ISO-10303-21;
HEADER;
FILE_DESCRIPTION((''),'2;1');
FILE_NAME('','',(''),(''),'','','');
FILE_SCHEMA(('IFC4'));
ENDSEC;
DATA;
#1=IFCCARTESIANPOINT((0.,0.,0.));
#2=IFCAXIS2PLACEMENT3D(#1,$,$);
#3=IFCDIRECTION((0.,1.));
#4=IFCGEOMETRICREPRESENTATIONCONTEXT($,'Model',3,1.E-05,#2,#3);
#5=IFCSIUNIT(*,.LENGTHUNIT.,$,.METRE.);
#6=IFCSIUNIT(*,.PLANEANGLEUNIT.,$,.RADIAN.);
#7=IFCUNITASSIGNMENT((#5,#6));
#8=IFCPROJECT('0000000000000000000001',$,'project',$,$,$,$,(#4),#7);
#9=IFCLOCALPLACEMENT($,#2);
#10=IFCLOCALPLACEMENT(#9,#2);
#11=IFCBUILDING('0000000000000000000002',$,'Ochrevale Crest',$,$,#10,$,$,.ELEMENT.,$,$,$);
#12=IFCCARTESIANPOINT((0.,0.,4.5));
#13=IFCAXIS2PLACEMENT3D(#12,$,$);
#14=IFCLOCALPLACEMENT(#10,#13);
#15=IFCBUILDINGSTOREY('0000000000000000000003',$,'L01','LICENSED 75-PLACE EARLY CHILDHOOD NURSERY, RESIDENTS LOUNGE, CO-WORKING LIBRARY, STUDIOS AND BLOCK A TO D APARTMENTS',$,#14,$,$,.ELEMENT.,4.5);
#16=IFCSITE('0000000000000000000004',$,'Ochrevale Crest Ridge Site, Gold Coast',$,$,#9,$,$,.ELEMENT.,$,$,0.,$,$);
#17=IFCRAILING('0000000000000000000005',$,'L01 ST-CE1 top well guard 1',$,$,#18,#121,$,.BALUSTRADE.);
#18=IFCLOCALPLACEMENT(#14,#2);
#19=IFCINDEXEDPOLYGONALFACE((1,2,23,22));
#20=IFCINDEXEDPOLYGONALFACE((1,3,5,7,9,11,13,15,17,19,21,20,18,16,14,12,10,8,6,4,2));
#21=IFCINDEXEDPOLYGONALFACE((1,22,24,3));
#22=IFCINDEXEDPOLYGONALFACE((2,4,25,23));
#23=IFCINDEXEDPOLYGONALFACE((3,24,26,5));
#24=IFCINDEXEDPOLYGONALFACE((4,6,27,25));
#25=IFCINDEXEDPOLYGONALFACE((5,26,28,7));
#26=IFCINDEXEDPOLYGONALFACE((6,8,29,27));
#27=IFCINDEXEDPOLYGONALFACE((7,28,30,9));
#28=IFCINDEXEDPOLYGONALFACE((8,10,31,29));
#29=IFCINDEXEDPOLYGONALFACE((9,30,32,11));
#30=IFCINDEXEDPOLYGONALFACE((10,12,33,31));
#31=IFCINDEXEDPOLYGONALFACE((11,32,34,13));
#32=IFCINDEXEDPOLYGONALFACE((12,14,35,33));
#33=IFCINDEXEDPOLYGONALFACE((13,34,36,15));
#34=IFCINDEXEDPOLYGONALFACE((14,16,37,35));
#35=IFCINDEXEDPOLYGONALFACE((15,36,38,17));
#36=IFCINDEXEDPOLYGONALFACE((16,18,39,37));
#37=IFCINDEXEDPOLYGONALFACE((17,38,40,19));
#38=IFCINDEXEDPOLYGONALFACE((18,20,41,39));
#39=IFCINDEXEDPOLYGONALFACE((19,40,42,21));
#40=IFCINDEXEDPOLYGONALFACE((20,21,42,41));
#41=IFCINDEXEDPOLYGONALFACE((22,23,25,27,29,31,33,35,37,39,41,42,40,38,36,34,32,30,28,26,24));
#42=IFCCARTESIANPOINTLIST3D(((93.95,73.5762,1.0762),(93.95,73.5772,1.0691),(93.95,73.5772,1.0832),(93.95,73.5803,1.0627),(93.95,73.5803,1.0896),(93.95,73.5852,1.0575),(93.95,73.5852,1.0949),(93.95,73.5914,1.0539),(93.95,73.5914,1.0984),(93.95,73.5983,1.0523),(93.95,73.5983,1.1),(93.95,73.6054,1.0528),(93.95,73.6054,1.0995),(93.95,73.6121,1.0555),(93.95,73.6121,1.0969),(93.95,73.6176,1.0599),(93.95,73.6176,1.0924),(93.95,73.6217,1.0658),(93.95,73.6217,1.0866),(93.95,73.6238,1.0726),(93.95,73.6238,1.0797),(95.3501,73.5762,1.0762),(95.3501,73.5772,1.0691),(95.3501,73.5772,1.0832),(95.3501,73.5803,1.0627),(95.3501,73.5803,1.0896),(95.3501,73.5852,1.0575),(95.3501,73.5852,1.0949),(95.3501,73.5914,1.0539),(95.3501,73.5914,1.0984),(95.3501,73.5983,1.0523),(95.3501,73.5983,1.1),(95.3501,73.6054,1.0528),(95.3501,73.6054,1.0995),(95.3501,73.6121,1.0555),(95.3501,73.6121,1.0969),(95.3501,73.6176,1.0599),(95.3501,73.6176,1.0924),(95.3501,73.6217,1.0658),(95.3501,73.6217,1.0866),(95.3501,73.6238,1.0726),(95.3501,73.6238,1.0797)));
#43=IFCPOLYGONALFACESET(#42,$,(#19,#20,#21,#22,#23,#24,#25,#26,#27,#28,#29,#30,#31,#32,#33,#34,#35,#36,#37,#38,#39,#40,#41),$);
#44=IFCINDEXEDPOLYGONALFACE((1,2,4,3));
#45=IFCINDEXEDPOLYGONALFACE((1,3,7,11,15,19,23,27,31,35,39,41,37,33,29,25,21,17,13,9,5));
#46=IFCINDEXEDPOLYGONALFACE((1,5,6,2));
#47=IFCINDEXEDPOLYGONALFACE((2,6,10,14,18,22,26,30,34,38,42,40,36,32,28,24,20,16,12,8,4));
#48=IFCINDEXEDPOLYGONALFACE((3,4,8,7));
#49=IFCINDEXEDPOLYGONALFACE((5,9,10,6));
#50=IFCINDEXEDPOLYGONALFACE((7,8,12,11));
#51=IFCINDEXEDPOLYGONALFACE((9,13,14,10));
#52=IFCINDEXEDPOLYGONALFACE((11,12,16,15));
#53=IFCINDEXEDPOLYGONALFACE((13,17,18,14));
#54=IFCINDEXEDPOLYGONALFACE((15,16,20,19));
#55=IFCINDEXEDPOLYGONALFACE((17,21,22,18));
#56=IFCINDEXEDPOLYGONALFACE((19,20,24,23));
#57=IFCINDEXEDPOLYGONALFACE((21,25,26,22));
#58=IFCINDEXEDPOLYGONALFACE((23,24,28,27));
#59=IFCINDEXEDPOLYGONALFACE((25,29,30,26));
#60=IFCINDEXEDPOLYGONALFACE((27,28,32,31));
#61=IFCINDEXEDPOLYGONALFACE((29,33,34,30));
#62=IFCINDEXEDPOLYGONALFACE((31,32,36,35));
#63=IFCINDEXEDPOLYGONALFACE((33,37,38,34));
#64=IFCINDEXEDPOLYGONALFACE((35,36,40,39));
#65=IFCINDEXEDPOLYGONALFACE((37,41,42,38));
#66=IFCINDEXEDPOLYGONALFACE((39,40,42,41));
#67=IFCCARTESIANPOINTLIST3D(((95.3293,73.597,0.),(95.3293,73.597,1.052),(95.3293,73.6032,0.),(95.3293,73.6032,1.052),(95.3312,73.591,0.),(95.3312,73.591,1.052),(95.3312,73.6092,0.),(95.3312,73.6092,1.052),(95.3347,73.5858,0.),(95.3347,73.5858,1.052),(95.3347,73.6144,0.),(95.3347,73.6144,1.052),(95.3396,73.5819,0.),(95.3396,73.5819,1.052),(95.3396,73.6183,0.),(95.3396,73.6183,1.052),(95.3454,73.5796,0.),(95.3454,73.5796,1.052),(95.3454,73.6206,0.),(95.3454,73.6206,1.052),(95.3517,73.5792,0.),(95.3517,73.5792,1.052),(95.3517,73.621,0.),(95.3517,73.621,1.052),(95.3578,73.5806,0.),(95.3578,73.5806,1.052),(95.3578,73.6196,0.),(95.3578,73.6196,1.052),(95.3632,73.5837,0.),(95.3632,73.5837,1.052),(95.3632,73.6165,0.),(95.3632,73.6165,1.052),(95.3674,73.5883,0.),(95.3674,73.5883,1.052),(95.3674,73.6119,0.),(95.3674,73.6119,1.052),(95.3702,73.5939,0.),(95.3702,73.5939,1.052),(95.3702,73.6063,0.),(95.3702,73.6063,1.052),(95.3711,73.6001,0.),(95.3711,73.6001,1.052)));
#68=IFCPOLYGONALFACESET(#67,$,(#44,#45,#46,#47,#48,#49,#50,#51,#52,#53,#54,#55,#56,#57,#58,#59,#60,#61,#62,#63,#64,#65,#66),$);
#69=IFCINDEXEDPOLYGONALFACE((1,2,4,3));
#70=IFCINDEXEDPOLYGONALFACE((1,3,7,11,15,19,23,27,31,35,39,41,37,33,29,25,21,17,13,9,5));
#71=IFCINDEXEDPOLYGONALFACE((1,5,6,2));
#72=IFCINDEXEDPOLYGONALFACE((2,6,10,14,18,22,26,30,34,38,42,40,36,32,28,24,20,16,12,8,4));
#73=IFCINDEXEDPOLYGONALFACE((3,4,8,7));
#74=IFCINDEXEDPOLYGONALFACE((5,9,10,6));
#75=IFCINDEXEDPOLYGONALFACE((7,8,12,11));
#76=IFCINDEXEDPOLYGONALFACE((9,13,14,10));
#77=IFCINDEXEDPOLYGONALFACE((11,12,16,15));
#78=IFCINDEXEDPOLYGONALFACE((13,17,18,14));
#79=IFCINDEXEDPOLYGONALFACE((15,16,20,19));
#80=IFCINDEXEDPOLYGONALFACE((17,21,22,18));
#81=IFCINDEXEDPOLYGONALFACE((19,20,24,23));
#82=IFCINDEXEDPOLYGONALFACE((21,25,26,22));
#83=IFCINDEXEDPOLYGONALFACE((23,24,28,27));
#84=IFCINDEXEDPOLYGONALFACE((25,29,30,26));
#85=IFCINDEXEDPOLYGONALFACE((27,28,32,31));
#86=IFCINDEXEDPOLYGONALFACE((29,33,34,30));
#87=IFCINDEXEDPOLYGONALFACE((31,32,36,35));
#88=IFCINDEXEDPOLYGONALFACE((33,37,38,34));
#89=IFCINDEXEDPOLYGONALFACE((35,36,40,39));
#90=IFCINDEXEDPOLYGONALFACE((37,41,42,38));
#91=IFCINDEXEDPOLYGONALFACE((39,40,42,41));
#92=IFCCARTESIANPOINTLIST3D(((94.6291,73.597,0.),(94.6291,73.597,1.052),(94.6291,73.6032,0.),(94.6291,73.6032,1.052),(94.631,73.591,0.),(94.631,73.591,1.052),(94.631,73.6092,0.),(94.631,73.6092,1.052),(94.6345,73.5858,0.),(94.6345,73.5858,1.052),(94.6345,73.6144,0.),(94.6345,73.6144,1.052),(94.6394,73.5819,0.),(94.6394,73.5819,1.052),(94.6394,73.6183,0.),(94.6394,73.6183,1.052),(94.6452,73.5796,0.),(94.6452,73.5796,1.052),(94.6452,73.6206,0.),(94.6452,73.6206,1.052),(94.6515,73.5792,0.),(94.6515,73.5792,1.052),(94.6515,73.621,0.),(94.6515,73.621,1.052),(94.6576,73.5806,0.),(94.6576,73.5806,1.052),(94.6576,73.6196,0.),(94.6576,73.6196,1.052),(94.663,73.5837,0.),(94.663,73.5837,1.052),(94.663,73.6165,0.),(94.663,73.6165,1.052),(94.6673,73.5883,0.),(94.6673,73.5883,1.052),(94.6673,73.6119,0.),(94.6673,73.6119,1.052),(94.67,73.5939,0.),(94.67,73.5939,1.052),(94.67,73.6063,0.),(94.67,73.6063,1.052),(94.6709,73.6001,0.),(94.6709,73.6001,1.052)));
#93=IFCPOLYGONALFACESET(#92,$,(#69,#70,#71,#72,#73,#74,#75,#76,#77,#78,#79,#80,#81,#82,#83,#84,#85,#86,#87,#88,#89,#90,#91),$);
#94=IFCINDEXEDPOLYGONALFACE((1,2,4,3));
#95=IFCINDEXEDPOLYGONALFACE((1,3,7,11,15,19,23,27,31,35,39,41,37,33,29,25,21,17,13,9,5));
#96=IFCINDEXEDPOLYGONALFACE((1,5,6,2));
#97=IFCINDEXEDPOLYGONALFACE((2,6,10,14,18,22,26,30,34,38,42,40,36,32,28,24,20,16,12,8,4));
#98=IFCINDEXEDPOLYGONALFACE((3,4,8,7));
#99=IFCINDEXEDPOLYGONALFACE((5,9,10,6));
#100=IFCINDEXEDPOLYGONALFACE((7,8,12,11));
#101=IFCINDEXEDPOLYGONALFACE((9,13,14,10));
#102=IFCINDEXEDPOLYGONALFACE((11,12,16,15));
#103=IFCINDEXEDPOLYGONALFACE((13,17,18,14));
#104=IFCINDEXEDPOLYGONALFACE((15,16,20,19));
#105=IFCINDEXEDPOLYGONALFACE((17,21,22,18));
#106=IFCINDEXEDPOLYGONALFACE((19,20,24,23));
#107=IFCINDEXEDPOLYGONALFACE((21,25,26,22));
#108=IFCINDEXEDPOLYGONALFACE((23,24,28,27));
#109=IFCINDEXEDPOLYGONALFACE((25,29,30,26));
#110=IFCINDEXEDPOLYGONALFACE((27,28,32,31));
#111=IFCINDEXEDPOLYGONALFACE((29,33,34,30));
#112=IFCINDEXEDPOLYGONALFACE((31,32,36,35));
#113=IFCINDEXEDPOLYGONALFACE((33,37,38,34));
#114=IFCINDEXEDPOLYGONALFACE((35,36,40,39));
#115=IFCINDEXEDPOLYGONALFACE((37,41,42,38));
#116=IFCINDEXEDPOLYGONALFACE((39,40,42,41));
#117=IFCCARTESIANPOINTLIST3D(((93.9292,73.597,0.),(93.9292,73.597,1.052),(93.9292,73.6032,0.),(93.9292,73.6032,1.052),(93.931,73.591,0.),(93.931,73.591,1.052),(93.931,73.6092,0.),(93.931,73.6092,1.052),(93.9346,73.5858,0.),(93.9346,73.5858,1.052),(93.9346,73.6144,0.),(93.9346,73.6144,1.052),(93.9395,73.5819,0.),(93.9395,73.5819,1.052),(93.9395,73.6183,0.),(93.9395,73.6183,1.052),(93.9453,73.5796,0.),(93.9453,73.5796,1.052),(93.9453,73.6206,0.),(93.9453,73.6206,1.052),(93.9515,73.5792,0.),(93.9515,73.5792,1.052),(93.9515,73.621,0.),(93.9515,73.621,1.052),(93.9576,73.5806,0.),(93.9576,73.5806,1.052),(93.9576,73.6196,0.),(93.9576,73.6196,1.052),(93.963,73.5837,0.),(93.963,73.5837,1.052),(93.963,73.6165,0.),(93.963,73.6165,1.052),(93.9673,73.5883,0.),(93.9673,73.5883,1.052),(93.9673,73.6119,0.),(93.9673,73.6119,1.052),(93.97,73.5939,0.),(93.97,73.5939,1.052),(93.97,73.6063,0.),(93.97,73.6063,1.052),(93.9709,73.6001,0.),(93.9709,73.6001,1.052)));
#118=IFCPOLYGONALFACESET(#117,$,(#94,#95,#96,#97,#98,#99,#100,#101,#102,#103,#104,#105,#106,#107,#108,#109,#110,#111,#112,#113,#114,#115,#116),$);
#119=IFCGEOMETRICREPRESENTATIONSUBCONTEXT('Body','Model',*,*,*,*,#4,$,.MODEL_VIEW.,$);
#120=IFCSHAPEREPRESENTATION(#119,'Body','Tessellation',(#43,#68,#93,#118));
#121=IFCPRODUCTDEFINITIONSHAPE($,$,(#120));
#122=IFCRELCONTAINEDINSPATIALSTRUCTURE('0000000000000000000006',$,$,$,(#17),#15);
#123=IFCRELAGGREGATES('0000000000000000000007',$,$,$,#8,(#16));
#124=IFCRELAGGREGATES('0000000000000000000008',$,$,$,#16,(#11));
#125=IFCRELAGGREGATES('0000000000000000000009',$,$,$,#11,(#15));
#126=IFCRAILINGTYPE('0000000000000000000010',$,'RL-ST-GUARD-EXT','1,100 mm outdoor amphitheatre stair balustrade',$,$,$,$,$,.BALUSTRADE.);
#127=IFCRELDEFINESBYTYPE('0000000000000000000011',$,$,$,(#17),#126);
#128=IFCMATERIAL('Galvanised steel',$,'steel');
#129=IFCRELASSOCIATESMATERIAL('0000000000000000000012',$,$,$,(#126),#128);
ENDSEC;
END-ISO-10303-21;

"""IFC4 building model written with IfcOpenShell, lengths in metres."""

from ifc_helpers import new_model, si_unit, direction, frame, origin, origin_2d, place, context, subcontext, project, spatial, circle, extrude, material, type_object, element, save


model = new_model("IFC4")

# Units and contexts
model_context = context("Model", 3, precision=1e-05, world=origin(), true_north=direction((0.0, 1.0)))
body_context = subcontext(model_context, "Body", "Model", "MODEL_VIEW")
ifc_project = project(units=[si_unit("LENGTHUNIT", "METRE"), si_unit("PLANEANGLEUNIT", "RADIAN")], contexts=[model_context])

# Site, building, storey
site_placement = place(None, origin())
site = spatial("IfcSite", under=ifc_project, at=site_placement, Name="Ochrevale Crest Ridge Site, Gold Coast", CompositionType="ELEMENT", RefElevation=0.0)
building_placement = place(site_placement, origin())
building = spatial("IfcBuilding", under=site, at=building_placement, Name="Ochrevale Crest", CompositionType="ELEMENT")
storey_placement = place(building_placement, frame((0.0, 0.0, 4.5)))
storey = spatial("IfcBuildingStorey", under=building, at=storey_placement, Name="L01", Description="LICENSED 75-PLACE EARLY CHILDHOOD NURSERY, RESIDENTS LOUNGE, CO-WORKING LIBRARY, STUDIOS AND BLOCK A TO D APARTMENTS", CompositionType="ELEMENT", Elevation=4.5)

# Railing
ifc_material_1 = material(Name="Galvanised steel", Category="steel")
railing_type_1 = type_object("IfcRailingType", Name="RL-ST-GUARD-EXT", Description="1,100 mm outdoor amphitheatre stair balustrade", PredefinedType="BALUSTRADE", material=ifc_material_1)
railing_1_placement = place(storey_placement, frame((95.3501, 73.6001, 0.0)))
element("IfcRailing", 1, at=railing_1_placement, inside=storey, type_object=railing_type_1, Name="L01 ST-CE1 top well guard 1", PredefinedType="BALUSTRADE", context=body_context, shape_type="SweptSolid", body=[
    extrude(circle(Radius=0.0239, at=origin_2d()), frame((0.0, 0.0, 1.0762), z_axis=(-1.0, 0.0, 0.0), x_axis=(0.0, -1.0, 0.0)), (0.0, 0.0, 1.0), 1.4001),
    extrude(circle(Radius=0.021, at=origin_2d()), origin(), (0.0, 0.0, 1.0), 1.052),
    extrude(circle(Radius=0.021, at=origin_2d()), frame((-0.7002, 0.0, 0.0)), (0.0, 0.0, 1.0), 1.052),
    extrude(circle(Radius=0.021, at=origin_2d()), frame((-1.4001, 0.0, 0.0)), (0.0, 0.0, 1.0), 1.052),
])

save(model, "model.ifc")
